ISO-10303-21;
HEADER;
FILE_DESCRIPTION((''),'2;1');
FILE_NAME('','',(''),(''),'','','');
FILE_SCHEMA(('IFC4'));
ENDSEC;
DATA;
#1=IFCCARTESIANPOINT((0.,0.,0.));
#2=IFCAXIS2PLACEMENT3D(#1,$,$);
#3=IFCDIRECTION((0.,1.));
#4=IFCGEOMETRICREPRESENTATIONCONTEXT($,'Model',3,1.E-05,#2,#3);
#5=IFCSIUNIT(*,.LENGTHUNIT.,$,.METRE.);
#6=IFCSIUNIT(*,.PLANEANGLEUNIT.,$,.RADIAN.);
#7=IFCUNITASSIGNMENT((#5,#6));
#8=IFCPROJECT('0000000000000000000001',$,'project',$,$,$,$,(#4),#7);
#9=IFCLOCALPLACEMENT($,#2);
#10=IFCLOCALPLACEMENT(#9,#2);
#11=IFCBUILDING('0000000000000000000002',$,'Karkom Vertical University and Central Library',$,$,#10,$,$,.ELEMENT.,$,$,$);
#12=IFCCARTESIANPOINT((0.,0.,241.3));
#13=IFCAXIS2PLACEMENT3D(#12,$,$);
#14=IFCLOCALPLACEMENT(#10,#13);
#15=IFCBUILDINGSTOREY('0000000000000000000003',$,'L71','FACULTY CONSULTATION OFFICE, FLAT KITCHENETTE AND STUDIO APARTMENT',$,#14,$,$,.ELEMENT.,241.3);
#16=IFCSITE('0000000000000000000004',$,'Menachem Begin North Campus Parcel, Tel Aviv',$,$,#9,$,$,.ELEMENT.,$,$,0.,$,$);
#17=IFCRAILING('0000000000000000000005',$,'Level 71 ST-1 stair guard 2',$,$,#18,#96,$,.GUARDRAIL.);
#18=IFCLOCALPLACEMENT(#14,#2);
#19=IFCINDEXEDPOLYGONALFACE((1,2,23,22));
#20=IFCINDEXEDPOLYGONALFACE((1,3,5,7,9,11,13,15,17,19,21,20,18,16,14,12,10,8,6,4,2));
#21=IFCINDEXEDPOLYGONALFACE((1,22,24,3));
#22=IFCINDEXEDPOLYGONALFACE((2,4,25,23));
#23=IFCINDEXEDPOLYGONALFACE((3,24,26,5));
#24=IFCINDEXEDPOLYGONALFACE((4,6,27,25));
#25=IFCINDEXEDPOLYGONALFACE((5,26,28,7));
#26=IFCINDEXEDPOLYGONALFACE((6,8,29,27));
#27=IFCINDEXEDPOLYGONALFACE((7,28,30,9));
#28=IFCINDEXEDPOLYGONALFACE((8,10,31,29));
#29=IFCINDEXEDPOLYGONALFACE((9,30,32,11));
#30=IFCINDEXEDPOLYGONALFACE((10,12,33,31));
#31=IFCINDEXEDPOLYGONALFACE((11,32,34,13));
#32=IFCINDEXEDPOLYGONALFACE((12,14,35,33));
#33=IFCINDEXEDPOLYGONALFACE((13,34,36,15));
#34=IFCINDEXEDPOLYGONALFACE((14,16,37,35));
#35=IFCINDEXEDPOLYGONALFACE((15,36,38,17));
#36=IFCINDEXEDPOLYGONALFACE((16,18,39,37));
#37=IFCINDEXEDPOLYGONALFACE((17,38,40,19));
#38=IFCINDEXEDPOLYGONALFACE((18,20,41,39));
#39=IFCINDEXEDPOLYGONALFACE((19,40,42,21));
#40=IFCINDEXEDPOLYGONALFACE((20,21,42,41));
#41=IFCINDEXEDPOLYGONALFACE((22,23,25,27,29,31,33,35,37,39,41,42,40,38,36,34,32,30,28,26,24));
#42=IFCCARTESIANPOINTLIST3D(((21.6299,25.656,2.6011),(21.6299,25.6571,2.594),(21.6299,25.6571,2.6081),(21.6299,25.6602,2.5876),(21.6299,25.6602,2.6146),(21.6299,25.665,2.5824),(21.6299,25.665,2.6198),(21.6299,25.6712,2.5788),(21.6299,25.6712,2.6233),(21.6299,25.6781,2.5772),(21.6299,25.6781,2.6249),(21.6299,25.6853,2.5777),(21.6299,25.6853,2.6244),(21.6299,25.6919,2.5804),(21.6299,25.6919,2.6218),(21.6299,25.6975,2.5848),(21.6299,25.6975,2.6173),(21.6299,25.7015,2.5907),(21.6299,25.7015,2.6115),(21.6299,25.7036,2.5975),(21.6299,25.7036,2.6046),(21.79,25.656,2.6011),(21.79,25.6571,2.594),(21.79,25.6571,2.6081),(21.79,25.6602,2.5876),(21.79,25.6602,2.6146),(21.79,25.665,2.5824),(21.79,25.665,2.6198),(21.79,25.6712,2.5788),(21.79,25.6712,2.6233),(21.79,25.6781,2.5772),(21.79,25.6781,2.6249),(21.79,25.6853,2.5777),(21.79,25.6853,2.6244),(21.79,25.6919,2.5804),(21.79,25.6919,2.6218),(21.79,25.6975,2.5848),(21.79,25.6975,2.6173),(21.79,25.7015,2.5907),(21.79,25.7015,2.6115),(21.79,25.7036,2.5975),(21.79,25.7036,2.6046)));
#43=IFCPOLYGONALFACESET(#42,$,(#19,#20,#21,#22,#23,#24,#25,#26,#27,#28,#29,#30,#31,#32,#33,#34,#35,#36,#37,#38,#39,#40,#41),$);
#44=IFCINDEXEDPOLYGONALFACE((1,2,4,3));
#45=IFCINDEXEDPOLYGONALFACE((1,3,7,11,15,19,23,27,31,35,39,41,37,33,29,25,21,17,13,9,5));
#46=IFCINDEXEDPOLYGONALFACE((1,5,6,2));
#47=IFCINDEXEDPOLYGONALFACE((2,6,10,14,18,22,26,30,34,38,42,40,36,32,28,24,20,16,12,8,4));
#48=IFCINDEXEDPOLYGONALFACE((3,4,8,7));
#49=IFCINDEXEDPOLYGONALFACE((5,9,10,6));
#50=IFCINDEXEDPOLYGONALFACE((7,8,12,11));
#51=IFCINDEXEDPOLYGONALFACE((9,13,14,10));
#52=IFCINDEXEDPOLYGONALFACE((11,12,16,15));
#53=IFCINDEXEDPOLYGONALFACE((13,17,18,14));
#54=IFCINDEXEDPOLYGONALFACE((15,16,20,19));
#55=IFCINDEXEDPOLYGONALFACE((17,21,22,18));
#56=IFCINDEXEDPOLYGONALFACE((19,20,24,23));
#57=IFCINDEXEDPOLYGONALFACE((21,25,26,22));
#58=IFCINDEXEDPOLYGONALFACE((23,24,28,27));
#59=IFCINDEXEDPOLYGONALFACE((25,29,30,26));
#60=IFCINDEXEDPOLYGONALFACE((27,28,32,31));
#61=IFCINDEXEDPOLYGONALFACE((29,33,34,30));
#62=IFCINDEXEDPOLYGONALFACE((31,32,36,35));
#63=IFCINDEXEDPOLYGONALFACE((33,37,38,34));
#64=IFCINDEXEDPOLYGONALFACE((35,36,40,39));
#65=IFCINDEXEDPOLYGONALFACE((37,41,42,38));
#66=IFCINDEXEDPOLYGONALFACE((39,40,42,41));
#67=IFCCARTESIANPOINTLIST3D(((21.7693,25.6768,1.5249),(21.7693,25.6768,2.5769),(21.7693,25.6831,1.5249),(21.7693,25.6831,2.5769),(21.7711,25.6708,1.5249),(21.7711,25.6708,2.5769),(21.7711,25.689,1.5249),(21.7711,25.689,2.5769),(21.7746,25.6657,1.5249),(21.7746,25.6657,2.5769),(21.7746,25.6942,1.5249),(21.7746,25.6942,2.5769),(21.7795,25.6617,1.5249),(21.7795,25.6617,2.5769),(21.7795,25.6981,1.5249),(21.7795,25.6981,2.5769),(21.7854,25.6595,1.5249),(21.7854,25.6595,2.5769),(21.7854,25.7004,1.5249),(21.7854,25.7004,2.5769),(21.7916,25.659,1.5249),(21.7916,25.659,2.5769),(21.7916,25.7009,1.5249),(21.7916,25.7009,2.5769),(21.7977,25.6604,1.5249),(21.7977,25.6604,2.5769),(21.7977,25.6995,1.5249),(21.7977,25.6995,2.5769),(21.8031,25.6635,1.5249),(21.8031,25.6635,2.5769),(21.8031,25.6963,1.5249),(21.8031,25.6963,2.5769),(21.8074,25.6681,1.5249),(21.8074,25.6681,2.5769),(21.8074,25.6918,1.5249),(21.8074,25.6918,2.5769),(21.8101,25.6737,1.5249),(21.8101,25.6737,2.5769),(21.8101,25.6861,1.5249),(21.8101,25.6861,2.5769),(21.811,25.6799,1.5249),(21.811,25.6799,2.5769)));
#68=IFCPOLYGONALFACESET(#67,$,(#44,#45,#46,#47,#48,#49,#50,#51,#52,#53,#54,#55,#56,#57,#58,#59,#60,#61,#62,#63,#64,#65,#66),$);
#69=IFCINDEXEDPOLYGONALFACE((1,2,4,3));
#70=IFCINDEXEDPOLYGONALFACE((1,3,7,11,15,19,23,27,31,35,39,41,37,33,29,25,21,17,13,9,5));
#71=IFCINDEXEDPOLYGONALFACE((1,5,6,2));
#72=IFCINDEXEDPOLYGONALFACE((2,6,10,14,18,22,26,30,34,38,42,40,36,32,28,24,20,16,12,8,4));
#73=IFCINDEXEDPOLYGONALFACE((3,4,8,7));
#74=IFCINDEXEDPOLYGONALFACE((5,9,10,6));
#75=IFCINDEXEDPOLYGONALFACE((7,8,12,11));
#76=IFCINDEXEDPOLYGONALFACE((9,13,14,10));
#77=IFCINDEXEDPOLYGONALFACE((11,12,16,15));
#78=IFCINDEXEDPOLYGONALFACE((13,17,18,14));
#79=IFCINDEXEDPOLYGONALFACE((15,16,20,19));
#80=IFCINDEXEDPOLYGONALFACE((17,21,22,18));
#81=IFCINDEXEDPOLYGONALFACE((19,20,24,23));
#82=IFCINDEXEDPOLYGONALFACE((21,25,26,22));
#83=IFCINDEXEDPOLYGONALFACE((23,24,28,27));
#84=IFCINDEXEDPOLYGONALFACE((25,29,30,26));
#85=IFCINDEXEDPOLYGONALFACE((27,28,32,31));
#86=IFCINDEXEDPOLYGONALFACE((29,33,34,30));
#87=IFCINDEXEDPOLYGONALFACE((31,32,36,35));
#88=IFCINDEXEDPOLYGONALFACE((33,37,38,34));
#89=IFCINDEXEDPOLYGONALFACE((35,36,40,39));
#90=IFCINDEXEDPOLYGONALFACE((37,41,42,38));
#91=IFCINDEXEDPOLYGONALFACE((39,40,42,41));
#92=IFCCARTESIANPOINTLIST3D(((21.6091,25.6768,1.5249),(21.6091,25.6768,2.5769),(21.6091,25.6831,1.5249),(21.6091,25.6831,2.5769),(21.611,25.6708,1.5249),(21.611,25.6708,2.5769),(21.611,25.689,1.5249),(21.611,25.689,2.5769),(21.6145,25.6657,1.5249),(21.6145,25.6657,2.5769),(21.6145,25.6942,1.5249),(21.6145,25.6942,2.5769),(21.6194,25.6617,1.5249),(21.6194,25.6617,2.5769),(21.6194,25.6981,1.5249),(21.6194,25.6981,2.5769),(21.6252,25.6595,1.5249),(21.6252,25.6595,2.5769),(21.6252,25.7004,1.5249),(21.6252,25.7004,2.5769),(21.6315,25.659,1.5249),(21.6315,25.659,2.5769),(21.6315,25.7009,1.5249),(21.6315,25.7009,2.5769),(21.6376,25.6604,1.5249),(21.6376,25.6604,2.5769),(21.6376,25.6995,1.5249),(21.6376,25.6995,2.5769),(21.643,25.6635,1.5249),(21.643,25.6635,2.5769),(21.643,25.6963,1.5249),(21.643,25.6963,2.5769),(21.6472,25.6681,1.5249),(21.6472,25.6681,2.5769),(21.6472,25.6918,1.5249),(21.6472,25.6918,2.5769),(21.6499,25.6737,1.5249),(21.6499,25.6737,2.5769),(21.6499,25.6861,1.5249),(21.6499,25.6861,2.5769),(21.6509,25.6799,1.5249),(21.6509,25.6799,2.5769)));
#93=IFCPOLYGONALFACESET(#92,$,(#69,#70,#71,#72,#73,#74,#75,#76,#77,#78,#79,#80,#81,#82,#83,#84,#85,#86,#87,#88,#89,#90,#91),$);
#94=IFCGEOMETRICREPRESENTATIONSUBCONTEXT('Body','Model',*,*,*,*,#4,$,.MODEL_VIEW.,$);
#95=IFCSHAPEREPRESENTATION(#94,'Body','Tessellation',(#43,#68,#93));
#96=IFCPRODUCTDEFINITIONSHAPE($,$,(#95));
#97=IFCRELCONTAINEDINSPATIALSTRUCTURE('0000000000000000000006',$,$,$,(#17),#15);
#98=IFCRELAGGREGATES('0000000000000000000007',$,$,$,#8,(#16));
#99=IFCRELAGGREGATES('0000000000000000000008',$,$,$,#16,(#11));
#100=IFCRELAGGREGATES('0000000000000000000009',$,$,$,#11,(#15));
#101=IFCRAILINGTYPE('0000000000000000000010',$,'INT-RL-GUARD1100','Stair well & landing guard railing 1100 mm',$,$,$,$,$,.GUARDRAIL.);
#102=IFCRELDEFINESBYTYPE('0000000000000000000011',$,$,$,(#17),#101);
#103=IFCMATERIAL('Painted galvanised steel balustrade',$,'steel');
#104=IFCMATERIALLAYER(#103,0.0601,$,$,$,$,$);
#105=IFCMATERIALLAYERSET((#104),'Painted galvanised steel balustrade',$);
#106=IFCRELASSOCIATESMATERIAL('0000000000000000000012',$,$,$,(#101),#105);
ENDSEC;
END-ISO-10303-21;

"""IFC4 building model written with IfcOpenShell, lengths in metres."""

from ifc_helpers import new_model, si_unit, direction, frame, origin, origin_2d, place, context, subcontext, project, spatial, circle, extrude, material, layer, layer_set, type_object, element, save


model = new_model("IFC4")

# Units and contexts
model_context = context("Model", 3, precision=1e-05, world=origin(), true_north=direction((0.0, 1.0)))
body_context = subcontext(model_context, "Body", "Model", "MODEL_VIEW")
ifc_project = project(units=[si_unit("LENGTHUNIT", "METRE"), si_unit("PLANEANGLEUNIT", "RADIAN")], contexts=[model_context])

# Site, building, storey
site_placement = place(None, origin())
site = spatial("IfcSite", under=ifc_project, at=site_placement, Name="Menachem Begin North Campus Parcel, Tel Aviv", CompositionType="ELEMENT", RefElevation=0.0)
building_placement = place(site_placement, origin())
building = spatial("IfcBuilding", under=site, at=building_placement, Name="Karkom Vertical University and Central Library", CompositionType="ELEMENT")
storey_placement = place(building_placement, frame((0.0, 0.0, 241.3)))
storey = spatial("IfcBuildingStorey", under=building, at=storey_placement, Name="L71", Description="FACULTY CONSULTATION OFFICE, FLAT KITCHENETTE AND STUDIO APARTMENT", CompositionType="ELEMENT", Elevation=241.3)

# Railing
ifc_material_1 = material(Name="Painted galvanised steel balustrade", Category="steel")
ifc_layer_1 = layer(ifc_material_1, 0.0601)
ifc_layer_set_1 = layer_set([ifc_layer_1], Name="Painted galvanised steel balustrade")
railing_type_1 = type_object("IfcRailingType", Name="INT-RL-GUARD1100", Description="Stair well & landing guard railing 1100 mm", PredefinedType="GUARDRAIL", material=ifc_layer_set_1)
railing_1_placement = place(storey_placement, frame((21.79, 25.6799, 1.5249)))
element("IfcRailing", 1, at=railing_1_placement, inside=storey, type_object=railing_type_1, Name="Level 71 ST-1 stair guard 2", PredefinedType="GUARDRAIL", context=body_context, shape_type="SweptSolid", body=[
    extrude(circle(Radius=0.0239, at=origin_2d()), frame((0.0, 0.0, 1.0762), z_axis=(-1.0, 0.0, 0.0), x_axis=(0.0, -1.0, 0.0)), (0.0, 0.0, 1.0), 0.1602),
    extrude(circle(Radius=0.021, at=origin_2d()), origin(), (0.0, 0.0, 1.0), 1.052),
    extrude(circle(Radius=0.021, at=origin_2d()), frame((-0.1602, 0.0, 0.0)), (0.0, 0.0, 1.0), 1.052),
])

save(model, "model.ifc")
